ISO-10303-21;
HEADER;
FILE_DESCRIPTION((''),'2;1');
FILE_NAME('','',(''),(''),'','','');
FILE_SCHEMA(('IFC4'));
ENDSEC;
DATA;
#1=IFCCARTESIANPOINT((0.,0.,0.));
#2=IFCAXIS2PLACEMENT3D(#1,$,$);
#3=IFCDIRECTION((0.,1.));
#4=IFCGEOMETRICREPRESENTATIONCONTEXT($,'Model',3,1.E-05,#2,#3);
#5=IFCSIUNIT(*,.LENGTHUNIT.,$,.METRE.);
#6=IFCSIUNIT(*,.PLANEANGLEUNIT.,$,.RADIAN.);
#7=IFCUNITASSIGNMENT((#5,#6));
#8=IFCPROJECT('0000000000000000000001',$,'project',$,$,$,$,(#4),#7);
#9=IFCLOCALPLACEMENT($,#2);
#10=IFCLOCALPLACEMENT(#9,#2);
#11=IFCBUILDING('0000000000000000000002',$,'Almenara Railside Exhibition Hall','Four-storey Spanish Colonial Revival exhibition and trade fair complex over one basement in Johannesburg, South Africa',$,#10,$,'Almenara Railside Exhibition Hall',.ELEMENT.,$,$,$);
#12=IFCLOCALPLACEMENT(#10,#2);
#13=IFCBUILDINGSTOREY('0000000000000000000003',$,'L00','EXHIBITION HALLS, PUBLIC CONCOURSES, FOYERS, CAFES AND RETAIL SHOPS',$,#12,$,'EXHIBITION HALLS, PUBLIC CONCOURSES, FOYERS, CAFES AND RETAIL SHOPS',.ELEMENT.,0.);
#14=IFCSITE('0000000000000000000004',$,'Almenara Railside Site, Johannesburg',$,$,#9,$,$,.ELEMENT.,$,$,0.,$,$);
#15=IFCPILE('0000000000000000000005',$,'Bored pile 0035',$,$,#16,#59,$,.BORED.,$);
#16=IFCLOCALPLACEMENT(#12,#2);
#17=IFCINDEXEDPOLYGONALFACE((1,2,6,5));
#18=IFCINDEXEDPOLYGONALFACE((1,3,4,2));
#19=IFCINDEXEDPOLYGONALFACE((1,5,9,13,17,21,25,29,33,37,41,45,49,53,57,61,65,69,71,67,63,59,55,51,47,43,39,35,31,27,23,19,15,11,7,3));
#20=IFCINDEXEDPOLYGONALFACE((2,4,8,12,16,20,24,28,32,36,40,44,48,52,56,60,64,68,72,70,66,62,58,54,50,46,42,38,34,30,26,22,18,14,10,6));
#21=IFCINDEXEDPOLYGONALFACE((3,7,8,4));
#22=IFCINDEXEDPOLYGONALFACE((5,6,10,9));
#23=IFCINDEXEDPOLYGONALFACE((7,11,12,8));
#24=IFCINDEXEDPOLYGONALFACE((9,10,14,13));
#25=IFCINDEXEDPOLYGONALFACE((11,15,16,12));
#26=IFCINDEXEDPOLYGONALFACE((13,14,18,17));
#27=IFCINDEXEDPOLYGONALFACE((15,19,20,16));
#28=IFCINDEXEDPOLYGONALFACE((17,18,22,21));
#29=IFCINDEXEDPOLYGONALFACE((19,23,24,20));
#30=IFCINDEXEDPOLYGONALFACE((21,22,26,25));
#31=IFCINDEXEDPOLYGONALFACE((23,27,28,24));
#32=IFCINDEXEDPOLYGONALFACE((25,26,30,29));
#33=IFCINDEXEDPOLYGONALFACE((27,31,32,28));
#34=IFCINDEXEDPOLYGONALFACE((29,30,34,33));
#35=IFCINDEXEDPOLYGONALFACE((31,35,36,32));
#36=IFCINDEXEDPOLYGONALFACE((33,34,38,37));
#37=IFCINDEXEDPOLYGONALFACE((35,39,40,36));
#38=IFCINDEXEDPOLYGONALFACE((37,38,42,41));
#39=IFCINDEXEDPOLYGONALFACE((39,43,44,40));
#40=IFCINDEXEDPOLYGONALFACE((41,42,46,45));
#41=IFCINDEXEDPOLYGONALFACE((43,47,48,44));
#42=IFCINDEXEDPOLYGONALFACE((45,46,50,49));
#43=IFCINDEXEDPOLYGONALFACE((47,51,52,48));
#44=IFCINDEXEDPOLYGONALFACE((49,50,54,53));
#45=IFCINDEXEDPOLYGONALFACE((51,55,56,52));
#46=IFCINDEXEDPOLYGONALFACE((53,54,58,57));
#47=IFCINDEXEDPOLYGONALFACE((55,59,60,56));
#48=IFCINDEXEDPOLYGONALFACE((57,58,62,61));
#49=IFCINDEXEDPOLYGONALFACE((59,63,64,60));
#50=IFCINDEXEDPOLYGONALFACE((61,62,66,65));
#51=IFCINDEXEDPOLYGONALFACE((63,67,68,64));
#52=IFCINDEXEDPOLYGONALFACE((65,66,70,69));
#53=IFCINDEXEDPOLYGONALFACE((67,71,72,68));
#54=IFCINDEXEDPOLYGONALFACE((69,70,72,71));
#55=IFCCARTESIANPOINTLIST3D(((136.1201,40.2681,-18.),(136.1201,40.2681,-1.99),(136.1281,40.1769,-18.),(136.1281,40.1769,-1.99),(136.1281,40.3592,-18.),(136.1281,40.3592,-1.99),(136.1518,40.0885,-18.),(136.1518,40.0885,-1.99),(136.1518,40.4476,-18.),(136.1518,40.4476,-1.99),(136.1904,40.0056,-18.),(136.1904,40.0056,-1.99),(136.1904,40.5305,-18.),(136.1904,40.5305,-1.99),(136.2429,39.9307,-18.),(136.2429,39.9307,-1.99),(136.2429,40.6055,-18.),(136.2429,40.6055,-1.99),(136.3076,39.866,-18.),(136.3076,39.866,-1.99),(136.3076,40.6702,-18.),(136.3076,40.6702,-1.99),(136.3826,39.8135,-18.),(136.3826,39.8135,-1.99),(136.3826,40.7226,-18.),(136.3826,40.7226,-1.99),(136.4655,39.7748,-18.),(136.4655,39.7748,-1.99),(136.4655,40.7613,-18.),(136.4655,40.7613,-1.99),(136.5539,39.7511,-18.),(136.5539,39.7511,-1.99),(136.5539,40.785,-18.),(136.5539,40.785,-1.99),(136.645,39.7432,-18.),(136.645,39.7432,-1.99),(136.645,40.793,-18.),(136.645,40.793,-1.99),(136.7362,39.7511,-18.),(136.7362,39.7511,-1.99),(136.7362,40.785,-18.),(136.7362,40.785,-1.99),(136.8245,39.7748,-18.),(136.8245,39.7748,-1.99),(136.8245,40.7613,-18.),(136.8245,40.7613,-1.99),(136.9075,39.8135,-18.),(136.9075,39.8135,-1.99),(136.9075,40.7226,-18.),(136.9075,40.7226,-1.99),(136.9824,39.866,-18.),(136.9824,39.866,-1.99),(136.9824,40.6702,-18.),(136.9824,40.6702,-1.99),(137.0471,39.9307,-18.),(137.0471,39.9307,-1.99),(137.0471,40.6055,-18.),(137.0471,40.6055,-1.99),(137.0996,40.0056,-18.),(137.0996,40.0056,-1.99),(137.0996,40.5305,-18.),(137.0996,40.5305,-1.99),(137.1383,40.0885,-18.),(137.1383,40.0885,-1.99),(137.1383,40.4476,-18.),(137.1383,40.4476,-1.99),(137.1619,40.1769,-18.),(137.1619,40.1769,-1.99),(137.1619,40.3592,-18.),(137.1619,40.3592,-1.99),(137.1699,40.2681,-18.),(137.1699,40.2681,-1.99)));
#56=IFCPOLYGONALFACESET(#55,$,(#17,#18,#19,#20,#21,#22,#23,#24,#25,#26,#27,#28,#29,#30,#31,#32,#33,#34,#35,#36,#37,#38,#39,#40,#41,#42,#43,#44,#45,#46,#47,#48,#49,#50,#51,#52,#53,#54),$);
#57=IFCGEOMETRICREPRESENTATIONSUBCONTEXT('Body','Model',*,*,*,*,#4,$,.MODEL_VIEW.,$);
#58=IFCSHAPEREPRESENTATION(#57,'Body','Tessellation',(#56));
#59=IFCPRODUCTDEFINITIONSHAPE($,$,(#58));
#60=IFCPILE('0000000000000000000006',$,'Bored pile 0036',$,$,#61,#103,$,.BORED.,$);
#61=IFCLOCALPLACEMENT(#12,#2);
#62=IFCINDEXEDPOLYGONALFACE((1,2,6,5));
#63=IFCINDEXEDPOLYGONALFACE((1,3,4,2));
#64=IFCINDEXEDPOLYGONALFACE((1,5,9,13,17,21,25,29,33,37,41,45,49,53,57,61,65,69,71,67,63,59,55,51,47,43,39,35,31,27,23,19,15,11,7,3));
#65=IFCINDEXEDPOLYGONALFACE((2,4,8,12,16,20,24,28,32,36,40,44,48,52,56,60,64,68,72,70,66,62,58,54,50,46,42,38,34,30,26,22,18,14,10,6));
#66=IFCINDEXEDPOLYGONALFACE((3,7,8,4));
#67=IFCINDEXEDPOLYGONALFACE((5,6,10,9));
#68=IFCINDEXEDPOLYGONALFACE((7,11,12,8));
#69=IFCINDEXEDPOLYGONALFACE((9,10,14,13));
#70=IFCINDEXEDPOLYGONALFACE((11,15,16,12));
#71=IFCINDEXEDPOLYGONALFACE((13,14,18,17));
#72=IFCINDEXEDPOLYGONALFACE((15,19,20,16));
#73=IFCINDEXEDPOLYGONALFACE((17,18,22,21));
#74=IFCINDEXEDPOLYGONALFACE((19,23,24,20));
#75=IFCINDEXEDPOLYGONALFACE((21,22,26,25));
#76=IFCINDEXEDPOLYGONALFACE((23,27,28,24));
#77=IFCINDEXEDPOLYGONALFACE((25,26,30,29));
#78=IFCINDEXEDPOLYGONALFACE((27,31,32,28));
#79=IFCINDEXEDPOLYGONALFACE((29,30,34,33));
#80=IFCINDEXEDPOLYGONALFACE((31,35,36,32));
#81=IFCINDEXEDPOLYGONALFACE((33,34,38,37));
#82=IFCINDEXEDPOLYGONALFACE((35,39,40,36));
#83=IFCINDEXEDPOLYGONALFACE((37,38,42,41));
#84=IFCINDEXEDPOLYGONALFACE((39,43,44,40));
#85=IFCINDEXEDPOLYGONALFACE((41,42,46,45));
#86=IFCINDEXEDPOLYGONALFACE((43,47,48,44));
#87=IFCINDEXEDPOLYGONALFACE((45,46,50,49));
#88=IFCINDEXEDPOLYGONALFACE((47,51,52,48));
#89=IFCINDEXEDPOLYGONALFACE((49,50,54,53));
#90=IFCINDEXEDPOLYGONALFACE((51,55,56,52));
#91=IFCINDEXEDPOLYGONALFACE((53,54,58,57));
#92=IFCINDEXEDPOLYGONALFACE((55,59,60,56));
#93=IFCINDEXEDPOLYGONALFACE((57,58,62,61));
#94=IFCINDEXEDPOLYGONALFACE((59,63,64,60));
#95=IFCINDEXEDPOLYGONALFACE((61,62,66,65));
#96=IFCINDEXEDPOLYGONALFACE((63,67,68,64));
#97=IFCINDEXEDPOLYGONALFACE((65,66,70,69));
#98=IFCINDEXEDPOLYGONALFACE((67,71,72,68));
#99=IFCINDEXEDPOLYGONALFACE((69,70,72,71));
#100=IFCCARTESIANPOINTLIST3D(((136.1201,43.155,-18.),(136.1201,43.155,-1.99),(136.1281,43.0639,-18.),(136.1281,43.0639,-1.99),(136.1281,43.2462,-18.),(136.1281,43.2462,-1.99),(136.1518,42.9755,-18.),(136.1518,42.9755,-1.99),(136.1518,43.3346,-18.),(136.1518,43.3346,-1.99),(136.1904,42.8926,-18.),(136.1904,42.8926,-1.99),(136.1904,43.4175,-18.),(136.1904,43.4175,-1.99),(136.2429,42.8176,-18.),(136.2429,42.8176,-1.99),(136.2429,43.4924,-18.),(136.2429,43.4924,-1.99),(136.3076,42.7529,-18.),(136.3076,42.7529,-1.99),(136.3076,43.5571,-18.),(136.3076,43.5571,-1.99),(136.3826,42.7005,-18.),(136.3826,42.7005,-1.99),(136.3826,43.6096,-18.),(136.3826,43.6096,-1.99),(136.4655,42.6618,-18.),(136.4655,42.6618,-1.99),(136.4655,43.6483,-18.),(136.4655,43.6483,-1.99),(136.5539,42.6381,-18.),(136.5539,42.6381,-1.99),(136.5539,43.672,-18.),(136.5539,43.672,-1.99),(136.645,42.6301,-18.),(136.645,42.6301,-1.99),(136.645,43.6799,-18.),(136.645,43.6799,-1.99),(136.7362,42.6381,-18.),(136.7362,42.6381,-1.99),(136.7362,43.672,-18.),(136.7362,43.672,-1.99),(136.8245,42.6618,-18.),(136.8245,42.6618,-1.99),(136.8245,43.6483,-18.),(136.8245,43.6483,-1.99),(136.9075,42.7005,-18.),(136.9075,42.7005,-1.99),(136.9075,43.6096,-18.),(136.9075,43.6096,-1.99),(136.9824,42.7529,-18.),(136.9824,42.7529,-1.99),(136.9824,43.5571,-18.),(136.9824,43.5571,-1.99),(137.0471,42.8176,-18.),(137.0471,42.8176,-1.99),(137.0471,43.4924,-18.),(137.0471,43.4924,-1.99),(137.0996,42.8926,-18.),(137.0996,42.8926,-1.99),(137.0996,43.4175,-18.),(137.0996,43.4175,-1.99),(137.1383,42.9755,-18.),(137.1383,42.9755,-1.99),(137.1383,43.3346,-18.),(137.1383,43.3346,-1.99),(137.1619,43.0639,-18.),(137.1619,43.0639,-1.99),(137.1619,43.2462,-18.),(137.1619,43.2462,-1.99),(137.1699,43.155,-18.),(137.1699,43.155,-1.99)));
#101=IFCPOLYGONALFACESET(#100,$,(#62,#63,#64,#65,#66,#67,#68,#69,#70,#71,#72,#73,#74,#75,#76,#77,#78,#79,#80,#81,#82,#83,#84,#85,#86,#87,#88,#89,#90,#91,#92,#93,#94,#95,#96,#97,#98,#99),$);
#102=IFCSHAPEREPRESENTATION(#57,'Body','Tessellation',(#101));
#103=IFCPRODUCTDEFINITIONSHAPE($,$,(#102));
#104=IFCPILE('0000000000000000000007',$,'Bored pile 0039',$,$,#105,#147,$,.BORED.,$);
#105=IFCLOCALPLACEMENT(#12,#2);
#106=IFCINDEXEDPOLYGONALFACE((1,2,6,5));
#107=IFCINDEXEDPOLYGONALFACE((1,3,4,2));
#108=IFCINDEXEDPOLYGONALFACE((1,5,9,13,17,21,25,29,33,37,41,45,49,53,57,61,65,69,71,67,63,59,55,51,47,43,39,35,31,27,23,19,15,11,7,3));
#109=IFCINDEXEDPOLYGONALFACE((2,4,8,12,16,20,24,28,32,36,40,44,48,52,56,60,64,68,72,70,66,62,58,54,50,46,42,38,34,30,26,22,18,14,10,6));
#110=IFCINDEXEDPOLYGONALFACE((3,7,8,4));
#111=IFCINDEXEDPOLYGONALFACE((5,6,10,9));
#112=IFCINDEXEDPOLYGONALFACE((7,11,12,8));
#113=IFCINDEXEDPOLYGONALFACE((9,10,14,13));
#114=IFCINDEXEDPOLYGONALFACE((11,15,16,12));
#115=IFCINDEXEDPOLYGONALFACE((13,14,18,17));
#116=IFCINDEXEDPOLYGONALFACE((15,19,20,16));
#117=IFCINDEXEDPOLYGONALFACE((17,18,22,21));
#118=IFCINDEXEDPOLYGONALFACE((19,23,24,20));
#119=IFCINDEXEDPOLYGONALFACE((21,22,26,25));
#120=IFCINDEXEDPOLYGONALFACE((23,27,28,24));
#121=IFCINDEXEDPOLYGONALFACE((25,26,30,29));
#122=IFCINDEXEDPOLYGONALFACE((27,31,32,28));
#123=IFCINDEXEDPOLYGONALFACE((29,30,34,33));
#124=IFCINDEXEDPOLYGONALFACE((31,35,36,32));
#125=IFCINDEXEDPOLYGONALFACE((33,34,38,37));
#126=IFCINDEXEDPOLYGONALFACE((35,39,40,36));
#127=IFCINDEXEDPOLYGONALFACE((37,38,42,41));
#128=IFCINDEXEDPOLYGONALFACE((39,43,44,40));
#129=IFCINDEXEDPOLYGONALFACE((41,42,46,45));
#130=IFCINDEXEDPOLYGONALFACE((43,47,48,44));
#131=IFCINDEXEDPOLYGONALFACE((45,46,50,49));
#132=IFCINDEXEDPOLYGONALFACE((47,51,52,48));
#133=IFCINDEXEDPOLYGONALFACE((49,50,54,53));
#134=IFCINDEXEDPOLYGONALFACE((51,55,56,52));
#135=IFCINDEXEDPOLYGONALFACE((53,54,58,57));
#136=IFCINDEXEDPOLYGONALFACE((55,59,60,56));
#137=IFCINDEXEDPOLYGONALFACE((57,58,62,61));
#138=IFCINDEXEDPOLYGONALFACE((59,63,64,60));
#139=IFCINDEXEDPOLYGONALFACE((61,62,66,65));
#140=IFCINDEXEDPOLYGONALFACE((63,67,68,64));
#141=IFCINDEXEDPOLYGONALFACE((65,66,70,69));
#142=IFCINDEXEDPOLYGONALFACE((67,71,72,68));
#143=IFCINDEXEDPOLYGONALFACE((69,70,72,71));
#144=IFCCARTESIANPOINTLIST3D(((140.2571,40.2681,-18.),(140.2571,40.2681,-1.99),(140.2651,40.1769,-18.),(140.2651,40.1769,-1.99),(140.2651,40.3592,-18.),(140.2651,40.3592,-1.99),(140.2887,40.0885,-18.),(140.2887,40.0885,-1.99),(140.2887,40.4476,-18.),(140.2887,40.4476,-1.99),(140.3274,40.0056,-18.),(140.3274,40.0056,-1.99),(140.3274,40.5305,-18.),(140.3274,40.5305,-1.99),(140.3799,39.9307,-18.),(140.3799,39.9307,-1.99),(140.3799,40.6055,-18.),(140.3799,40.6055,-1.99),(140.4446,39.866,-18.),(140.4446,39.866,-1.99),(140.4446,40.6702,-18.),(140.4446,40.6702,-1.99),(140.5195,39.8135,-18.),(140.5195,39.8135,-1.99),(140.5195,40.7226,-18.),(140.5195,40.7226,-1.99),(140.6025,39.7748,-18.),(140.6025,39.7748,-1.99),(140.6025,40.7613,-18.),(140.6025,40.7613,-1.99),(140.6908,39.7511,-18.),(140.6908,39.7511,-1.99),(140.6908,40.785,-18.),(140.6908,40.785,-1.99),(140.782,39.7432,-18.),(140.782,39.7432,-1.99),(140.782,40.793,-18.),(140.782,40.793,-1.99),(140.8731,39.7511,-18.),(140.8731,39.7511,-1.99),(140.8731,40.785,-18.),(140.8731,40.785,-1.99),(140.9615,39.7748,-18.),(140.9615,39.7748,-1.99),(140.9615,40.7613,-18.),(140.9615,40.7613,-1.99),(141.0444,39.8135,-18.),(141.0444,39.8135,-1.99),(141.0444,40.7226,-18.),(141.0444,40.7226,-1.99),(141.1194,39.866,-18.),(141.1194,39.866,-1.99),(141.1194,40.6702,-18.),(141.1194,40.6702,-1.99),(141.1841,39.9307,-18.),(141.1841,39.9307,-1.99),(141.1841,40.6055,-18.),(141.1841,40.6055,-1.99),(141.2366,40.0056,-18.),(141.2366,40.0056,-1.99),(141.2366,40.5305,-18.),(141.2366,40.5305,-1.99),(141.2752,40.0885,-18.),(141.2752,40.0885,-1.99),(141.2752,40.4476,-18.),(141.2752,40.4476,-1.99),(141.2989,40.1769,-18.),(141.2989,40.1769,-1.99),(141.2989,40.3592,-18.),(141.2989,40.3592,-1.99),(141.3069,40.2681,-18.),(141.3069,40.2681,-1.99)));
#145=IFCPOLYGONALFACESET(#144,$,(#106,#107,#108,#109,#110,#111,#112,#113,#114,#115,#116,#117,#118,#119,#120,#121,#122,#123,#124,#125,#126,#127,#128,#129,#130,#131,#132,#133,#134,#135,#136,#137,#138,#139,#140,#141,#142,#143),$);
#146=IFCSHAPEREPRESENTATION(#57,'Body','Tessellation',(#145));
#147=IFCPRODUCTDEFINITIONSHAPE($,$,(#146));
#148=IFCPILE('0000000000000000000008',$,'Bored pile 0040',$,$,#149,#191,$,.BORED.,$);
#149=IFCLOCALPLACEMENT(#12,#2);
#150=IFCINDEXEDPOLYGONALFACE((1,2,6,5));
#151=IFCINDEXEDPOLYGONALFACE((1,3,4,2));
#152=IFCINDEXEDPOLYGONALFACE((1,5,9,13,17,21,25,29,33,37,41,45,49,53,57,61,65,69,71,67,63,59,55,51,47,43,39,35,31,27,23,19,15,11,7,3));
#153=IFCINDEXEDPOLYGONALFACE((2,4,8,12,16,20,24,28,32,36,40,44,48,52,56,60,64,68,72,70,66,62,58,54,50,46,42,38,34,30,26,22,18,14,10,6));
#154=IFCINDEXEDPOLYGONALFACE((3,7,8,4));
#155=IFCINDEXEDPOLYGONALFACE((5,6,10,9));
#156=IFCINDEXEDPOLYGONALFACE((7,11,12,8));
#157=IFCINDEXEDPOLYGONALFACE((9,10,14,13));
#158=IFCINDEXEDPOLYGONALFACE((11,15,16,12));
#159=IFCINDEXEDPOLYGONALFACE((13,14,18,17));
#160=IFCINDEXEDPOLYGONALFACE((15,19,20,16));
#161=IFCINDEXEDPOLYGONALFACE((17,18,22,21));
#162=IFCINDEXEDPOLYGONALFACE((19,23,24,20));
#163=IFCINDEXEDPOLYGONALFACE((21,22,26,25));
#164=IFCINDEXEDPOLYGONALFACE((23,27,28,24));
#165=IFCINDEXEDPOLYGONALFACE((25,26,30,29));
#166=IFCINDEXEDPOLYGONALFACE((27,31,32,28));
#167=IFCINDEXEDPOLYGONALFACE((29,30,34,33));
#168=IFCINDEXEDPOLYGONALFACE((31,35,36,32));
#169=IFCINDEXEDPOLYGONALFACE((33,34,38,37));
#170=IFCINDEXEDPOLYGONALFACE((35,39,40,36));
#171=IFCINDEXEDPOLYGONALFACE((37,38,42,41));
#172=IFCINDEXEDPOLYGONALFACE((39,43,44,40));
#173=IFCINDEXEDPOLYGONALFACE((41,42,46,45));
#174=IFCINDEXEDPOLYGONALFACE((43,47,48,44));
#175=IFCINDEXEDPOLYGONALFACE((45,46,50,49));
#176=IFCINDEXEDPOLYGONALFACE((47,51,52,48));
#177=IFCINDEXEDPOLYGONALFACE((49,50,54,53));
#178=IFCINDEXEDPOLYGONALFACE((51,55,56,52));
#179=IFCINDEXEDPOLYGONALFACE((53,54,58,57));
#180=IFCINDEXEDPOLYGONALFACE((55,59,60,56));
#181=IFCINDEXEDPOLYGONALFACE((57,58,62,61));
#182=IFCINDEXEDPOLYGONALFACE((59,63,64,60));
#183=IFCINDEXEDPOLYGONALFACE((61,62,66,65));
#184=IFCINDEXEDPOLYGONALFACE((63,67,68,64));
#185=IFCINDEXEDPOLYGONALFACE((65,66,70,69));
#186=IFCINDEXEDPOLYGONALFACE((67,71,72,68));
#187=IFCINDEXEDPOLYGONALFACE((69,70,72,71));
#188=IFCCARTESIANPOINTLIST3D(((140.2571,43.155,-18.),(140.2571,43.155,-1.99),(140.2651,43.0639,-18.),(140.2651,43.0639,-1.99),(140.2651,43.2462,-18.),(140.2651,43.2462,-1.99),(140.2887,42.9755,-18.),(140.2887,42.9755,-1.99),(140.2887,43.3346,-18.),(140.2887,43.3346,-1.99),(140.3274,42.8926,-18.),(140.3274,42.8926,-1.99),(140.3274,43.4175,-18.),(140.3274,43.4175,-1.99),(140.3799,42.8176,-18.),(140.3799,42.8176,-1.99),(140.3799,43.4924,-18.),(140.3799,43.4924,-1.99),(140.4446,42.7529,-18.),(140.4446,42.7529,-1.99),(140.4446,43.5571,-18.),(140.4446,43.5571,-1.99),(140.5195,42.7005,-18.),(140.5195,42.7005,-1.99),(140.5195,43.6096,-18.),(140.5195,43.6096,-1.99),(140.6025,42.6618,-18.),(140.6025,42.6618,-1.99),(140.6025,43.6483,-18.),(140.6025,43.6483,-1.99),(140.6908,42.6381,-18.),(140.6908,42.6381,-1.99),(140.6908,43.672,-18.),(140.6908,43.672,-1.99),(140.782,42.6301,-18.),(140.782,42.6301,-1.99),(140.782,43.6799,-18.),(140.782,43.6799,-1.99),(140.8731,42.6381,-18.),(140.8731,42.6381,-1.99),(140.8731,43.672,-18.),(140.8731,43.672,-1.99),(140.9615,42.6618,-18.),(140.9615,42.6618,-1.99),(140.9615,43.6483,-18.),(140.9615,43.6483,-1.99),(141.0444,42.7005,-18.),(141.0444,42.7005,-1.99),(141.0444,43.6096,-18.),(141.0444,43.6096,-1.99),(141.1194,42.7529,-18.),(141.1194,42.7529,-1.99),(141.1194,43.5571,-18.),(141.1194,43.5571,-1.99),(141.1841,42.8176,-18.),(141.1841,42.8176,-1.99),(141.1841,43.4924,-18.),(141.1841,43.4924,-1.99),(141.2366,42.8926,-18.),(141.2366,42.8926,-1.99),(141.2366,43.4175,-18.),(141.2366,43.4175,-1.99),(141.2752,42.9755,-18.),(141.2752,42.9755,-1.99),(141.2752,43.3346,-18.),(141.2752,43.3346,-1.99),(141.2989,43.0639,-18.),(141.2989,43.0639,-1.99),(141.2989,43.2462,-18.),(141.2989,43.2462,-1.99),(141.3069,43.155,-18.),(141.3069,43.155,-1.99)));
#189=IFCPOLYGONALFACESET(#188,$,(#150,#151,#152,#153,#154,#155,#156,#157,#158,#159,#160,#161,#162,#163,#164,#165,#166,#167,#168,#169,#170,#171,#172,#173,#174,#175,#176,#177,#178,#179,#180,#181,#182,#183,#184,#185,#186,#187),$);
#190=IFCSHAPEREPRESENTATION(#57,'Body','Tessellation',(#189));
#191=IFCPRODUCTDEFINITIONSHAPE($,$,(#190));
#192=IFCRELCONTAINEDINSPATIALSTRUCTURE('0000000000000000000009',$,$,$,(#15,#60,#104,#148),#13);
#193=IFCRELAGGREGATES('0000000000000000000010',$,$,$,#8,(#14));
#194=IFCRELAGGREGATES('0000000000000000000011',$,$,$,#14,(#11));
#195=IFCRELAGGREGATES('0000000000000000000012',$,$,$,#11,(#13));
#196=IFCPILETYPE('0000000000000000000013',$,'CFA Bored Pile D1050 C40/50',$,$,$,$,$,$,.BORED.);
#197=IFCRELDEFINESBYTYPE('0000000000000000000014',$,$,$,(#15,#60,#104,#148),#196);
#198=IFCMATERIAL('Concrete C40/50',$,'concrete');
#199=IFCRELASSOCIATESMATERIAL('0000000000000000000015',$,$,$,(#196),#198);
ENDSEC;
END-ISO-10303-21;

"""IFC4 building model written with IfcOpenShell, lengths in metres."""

from ifc_helpers import new_model, si_unit, direction, frame, origin, origin_2d, place, context, subcontext, project, spatial, circle, extrude, material, material_profile, profile_set, type_object, element, save


model = new_model("IFC4")

# Units and contexts
model_context = context("Model", 3, precision=1e-05, world=origin(), true_north=direction((0.0, 1.0)))
body_context = subcontext(model_context, "Body", "Model", "MODEL_VIEW")
ifc_project = project(units=[si_unit("LENGTHUNIT", "METRE"), si_unit("PLANEANGLEUNIT", "RADIAN")], contexts=[model_context])

# Site, building, storey
site_placement = place(None, origin())
site = spatial("IfcSite", under=ifc_project, at=site_placement, Name="Almenara Railside Site, Johannesburg", CompositionType="ELEMENT", RefElevation=0.0)
building_placement = place(site_placement, origin())
building = spatial("IfcBuilding", under=site, at=building_placement, Name="Almenara Railside Exhibition Hall", Description="Four-storey Spanish Colonial Revival exhibition and trade fair complex over one basement in Johannesburg, South Africa", LongName="Almenara Railside Exhibition Hall", CompositionType="ELEMENT")
storey_placement = place(building_placement, origin())
storey = spatial("IfcBuildingStorey", under=building, at=storey_placement, Name="L00", Description="EXHIBITION HALLS, PUBLIC CONCOURSES, FOYERS, CAFES AND RETAIL SHOPS", LongName="EXHIBITION HALLS, PUBLIC CONCOURSES, FOYERS, CAFES AND RETAIL SHOPS", CompositionType="ELEMENT", Elevation=0.0)

# Piles
ifc_material_1 = material(Name="Concrete C40/50", Category="concrete")
ifc_material_profile_1 = material_profile(ifc_material_1, circle(Radius=0.5249, at=origin_2d()), Name="CFA-PILE D1050")
ifc_profile_set_1 = profile_set([ifc_material_profile_1], Name="Concrete C40/50")
pile_type_1 = type_object("IfcPileType", Name="CFA Bored Pile D1050 C40/50", PredefinedType="BORED", material=ifc_profile_set_1)
for number, where, z_axis, x_axis, name in (
    (1, (136.645, 40.2681, -1.99), (0.0, 0.0, -1.0), (1.0, 0.0, 0.0), "Bored pile 0035"),
    (2, (136.645, 43.155, -1.99), (0.0, 0.0, -1.0), (1.0, 0.0, 0.0), "Bored pile 0036"),
    (3, (140.782, 40.2681, -1.99), (0.0, 0.0, -1.0), (1.0, 0.0, 0.0), "Bored pile 0039"),
    (4, (140.782, 43.155, -1.99), (0.0, 0.0, -1.0), (1.0, 0.0, 0.0), "Bored pile 0040"),
):
    element("IfcPile", number, at=place(storey_placement, frame(where, z_axis=z_axis, x_axis=x_axis)), inside=storey, type_object=pile_type_1, Name=name, PredefinedType="BORED", context=body_context, shape_type="SweptSolid", body=[
        extrude(circle(Radius=0.5249, at=origin_2d()), origin(), (0.0, 0.0, 1.0), 16.01),
    ])

save(model, "model.ifc")
